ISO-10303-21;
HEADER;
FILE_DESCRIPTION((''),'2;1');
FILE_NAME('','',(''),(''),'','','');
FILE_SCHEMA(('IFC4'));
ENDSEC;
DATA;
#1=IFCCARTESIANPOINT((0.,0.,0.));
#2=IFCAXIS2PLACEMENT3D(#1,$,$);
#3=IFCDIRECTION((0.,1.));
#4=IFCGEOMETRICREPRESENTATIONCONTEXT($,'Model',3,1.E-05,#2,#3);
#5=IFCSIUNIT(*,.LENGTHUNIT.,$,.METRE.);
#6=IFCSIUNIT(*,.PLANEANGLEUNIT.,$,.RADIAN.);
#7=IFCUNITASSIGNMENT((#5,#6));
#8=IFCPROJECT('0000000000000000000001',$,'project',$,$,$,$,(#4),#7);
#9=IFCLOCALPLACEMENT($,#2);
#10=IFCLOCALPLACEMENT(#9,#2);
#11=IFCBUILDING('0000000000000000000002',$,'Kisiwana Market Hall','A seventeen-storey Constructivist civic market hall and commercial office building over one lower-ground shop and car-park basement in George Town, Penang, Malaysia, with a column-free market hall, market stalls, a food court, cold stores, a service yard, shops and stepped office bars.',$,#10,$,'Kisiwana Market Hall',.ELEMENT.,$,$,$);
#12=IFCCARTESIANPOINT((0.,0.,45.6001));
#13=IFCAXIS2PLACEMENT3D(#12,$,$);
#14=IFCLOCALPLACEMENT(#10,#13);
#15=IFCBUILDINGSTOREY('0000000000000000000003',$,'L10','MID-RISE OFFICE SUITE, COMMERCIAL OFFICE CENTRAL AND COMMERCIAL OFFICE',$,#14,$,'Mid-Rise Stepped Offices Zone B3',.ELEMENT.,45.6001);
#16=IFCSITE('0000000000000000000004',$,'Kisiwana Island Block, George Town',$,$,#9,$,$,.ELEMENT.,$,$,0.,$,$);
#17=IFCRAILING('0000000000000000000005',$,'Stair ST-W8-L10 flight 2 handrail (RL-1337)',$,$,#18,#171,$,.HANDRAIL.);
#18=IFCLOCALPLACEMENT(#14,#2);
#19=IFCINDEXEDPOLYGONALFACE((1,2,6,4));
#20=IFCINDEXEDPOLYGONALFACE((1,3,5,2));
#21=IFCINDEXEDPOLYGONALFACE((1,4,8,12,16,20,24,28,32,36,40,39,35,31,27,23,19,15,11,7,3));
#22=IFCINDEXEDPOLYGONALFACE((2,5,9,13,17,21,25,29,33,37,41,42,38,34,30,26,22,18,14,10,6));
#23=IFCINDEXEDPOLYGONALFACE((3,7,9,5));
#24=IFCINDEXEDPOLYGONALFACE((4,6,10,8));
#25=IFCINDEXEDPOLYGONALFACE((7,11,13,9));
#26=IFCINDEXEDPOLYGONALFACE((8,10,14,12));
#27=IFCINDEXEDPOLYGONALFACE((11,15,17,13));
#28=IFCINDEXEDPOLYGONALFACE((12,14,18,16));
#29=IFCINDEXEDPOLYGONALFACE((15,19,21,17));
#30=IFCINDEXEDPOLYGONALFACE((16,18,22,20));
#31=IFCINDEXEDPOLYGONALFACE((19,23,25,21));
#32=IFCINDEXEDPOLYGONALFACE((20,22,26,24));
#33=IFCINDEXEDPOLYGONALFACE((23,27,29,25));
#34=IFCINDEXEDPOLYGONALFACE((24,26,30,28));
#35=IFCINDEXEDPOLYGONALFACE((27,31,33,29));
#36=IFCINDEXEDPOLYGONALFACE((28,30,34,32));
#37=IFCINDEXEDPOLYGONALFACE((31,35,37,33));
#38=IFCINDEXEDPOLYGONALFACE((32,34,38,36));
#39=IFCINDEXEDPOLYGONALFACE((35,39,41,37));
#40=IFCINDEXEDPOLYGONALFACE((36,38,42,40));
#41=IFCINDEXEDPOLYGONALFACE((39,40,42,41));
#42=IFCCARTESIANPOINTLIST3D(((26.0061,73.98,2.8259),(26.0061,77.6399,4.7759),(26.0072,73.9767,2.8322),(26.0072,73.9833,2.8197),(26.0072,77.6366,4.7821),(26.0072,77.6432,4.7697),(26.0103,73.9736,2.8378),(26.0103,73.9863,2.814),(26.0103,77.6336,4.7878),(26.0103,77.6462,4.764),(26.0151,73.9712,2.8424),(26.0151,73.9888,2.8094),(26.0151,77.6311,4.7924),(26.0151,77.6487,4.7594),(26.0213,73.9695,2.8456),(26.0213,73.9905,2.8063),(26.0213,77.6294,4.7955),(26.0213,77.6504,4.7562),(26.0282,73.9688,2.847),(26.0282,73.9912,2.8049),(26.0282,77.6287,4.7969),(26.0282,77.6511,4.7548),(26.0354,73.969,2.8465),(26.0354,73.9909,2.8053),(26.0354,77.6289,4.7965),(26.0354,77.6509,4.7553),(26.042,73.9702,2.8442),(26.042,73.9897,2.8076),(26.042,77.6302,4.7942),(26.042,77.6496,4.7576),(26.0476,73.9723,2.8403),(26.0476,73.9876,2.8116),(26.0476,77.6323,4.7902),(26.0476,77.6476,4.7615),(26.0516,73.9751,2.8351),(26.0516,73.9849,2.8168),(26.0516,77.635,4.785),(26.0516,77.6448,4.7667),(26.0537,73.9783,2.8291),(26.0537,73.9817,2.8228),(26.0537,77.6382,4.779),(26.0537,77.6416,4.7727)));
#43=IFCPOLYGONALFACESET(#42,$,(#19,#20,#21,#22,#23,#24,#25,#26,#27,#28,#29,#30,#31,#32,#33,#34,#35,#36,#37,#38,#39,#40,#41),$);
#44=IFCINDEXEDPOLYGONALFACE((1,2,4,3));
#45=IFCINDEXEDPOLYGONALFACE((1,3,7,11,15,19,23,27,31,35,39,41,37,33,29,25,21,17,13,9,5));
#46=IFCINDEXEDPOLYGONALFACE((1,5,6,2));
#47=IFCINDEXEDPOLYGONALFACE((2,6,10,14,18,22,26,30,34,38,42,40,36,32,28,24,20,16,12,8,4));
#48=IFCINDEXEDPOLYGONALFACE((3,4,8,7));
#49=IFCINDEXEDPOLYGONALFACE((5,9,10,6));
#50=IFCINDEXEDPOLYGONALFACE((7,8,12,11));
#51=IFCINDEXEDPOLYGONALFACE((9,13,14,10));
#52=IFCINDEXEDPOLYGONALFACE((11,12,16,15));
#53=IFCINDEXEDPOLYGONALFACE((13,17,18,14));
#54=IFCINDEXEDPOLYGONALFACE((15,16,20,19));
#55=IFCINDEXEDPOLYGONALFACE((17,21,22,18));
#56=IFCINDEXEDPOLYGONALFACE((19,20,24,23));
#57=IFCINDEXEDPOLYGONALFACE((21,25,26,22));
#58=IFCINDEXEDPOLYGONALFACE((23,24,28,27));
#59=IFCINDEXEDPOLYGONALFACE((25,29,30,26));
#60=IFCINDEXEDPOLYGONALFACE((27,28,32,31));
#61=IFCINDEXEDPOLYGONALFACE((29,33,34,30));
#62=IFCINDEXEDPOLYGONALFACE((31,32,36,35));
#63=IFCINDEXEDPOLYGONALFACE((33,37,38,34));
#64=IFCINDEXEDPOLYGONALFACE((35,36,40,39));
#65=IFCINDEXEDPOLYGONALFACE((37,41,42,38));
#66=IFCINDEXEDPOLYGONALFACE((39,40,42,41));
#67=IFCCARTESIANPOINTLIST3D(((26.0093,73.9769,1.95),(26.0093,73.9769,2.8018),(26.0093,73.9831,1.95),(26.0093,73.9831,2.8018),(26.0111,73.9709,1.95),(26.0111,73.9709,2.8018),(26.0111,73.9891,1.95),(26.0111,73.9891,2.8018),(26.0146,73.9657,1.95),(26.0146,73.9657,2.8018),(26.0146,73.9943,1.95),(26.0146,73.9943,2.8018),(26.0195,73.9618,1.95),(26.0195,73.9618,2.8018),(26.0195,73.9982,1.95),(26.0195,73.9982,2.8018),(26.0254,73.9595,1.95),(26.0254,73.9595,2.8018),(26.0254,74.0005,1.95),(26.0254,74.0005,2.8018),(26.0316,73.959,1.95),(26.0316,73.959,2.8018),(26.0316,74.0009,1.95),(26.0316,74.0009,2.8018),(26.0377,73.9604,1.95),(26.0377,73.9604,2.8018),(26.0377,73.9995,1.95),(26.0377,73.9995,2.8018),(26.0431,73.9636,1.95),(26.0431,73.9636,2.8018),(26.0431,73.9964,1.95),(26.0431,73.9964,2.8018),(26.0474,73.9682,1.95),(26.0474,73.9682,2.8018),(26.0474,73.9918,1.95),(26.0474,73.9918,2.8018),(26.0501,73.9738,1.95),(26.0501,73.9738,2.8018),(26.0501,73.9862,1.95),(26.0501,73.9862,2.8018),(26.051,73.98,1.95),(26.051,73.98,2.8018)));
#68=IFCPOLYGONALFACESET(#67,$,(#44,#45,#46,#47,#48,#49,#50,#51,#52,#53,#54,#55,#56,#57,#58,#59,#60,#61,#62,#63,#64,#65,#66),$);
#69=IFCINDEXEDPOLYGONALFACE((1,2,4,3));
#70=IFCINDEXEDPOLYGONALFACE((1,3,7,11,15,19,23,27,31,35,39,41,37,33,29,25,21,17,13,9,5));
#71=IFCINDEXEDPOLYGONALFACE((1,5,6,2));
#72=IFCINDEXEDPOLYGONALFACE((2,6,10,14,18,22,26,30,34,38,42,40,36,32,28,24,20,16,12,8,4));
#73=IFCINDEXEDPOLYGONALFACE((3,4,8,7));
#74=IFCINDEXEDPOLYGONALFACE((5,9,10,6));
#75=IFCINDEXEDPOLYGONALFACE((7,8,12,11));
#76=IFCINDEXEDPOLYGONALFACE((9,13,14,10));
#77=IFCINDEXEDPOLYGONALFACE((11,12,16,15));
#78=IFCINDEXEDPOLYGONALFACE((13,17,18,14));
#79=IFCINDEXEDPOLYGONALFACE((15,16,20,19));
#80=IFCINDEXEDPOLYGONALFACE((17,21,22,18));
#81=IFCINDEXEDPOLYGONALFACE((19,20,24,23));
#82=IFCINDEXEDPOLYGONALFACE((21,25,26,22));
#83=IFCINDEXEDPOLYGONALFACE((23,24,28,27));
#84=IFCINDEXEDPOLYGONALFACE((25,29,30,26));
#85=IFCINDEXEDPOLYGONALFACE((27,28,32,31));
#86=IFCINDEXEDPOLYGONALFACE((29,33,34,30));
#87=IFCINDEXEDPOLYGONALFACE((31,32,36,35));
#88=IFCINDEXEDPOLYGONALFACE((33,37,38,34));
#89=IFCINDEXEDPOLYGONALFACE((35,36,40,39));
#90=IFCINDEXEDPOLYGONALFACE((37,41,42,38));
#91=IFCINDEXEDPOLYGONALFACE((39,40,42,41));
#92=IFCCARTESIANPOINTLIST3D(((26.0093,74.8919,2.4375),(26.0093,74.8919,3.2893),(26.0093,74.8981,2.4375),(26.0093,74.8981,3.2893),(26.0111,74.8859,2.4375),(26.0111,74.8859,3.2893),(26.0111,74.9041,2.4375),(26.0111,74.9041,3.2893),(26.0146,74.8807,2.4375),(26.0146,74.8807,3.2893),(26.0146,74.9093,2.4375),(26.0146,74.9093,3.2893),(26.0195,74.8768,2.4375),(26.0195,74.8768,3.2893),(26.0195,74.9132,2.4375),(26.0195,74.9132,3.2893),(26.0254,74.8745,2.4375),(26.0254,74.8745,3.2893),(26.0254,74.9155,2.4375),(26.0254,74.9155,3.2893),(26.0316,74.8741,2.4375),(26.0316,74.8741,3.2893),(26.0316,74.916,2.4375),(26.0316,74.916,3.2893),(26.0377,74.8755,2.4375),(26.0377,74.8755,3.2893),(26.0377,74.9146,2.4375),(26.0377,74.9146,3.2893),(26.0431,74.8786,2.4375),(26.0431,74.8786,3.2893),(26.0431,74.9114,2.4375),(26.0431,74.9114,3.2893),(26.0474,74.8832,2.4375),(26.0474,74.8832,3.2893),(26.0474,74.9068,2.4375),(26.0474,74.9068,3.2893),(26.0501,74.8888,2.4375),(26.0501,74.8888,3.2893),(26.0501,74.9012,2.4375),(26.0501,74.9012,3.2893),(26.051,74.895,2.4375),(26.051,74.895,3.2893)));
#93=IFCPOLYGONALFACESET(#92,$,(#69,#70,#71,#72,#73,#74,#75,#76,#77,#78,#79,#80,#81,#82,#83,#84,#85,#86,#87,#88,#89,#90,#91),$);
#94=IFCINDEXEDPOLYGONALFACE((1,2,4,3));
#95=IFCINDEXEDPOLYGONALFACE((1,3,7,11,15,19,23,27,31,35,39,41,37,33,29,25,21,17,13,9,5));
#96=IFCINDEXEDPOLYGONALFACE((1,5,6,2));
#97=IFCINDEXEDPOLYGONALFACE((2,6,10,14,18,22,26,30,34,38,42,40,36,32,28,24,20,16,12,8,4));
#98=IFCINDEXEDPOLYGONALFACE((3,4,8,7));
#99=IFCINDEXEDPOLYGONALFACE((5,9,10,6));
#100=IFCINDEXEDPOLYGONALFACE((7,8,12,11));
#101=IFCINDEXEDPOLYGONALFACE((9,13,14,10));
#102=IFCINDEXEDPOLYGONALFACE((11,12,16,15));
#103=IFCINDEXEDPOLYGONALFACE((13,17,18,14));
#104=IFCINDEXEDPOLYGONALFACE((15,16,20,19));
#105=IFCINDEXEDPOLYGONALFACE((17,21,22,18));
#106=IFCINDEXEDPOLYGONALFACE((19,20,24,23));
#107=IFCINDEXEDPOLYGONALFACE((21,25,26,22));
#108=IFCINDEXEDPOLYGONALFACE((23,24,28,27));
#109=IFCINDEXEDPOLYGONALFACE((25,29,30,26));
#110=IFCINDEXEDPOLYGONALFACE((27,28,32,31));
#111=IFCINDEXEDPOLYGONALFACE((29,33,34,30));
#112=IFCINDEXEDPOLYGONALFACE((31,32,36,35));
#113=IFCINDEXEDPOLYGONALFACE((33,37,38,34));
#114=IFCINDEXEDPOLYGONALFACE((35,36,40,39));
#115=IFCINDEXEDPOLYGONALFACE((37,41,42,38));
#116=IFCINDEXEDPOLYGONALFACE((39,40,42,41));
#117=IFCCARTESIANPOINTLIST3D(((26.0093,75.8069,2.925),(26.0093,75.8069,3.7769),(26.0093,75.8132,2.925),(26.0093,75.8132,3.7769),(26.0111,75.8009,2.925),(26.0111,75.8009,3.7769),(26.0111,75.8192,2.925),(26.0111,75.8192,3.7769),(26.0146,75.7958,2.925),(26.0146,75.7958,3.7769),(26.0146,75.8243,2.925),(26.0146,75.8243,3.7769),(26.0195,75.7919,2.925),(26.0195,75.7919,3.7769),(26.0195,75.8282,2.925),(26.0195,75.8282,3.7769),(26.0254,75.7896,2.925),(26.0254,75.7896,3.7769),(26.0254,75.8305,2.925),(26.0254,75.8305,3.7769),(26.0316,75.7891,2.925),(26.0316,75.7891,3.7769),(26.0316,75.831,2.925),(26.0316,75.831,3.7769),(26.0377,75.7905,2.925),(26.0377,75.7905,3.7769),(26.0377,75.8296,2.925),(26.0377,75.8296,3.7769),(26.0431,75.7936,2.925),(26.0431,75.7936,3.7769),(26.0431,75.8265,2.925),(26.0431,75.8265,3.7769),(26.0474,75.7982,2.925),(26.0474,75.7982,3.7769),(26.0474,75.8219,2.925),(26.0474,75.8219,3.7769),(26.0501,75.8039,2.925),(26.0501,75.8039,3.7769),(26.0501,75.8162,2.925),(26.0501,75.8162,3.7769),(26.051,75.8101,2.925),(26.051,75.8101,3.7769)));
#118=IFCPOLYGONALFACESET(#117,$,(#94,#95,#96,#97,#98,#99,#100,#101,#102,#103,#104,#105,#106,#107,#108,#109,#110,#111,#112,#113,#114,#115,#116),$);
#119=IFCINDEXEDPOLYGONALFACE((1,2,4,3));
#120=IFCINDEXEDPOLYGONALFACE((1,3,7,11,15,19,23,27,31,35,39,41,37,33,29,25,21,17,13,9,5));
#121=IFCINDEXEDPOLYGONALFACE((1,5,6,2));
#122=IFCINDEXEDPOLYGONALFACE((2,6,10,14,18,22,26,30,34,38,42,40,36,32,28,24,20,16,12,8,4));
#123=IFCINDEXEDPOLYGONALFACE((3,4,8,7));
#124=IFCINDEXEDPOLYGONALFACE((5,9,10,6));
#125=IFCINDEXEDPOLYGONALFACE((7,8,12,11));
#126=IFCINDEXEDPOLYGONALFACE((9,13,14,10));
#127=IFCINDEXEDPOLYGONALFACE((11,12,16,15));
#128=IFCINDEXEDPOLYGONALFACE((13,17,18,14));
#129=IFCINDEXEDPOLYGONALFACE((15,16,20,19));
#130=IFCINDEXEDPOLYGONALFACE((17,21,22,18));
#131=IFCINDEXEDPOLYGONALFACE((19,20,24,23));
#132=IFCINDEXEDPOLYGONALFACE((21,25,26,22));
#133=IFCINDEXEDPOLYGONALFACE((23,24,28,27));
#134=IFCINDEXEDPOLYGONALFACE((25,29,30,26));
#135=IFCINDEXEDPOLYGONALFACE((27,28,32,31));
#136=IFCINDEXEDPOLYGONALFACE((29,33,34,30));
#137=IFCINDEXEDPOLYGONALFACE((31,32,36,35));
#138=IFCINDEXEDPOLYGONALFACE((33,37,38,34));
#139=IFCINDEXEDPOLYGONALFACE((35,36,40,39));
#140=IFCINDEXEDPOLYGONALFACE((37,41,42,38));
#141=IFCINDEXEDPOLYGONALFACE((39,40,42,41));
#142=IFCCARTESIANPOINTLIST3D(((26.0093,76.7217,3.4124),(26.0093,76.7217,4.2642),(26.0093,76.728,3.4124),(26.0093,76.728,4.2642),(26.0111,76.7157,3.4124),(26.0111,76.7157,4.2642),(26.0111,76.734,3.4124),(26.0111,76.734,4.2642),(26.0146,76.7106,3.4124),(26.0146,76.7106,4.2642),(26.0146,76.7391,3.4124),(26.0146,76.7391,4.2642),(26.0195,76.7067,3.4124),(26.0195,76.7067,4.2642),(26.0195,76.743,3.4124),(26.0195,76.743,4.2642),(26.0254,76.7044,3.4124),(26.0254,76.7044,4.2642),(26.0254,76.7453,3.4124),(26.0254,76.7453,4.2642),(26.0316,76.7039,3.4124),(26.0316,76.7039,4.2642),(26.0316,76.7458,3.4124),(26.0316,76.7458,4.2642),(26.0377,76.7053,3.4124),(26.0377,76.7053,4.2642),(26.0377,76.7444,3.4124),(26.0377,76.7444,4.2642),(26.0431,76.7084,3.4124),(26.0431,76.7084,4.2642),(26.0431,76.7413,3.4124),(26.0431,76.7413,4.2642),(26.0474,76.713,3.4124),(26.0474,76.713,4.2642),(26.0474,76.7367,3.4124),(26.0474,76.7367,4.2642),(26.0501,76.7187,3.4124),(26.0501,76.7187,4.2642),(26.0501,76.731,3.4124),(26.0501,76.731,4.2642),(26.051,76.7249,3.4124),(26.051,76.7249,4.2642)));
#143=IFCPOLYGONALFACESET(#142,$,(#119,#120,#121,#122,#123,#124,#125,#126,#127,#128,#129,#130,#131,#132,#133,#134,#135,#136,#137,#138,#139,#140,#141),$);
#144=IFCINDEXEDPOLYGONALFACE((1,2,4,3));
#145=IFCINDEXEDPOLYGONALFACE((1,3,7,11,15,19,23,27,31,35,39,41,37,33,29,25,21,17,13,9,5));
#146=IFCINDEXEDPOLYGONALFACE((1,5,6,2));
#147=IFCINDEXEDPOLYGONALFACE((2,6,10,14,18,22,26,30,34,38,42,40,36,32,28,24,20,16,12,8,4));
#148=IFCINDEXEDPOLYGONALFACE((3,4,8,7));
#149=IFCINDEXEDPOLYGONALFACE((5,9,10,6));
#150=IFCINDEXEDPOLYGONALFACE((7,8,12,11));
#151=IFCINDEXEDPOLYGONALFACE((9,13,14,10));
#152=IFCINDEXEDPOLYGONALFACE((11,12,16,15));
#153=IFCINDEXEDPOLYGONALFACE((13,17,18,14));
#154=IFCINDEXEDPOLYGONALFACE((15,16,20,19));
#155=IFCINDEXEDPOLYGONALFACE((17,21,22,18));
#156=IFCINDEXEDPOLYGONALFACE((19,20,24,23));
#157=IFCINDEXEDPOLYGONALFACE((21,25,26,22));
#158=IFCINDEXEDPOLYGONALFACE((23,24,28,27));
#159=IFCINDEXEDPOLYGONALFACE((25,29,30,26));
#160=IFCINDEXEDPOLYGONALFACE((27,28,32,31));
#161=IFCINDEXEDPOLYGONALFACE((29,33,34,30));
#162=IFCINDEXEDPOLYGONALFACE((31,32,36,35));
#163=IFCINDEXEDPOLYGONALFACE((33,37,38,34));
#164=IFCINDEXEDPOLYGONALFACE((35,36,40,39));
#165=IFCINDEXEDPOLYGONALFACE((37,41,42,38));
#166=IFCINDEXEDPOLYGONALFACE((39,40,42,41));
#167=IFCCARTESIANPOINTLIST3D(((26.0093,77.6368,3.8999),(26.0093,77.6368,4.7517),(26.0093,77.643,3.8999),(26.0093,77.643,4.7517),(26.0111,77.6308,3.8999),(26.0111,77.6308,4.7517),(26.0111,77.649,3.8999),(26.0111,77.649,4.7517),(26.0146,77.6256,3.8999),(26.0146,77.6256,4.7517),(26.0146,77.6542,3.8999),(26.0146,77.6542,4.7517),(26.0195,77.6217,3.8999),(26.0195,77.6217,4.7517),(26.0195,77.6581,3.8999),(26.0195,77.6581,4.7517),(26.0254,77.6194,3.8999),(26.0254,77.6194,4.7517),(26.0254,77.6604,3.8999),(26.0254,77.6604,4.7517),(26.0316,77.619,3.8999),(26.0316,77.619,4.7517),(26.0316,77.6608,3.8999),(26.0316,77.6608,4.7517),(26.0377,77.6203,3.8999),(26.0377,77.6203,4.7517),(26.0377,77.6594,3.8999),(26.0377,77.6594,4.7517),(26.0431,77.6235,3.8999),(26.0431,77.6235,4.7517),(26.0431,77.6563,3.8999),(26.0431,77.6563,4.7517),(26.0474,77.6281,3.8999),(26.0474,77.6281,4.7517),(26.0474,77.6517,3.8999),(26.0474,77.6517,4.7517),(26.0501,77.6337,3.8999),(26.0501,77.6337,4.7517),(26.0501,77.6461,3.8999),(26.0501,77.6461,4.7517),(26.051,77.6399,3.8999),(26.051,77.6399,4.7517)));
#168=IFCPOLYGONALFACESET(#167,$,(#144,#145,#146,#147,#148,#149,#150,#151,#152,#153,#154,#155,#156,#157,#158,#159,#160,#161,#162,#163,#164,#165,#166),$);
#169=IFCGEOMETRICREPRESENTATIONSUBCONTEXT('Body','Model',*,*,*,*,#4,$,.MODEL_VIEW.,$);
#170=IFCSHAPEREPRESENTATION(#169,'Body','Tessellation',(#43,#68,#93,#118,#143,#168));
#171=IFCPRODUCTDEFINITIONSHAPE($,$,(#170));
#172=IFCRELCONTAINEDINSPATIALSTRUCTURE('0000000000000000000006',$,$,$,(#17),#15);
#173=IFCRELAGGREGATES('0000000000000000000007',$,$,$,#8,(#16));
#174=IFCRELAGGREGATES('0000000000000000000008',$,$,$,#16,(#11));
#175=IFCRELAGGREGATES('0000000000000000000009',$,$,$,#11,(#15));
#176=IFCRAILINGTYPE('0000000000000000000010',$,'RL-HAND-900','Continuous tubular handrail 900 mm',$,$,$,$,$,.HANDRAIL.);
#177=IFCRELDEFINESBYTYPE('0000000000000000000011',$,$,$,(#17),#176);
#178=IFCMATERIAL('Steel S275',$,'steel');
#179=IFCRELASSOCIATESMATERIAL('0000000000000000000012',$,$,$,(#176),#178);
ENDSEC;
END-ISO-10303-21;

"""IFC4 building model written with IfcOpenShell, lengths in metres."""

from ifc_helpers import new_model, si_unit, direction, frame, origin, origin_2d, place, context, subcontext, project, spatial, circle, extrude, material, type_object, element, save


model = new_model("IFC4")

# Units and contexts
model_context = context("Model", 3, precision=1e-05, world=origin(), true_north=direction((0.0, 1.0)))
body_context = subcontext(model_context, "Body", "Model", "MODEL_VIEW")
ifc_project = project(units=[si_unit("LENGTHUNIT", "METRE"), si_unit("PLANEANGLEUNIT", "RADIAN")], contexts=[model_context])

# Site, building, storey
site_placement = place(None, origin())
site = spatial("IfcSite", under=ifc_project, at=site_placement, Name="Kisiwana Island Block, George Town", CompositionType="ELEMENT", RefElevation=0.0)
building_placement = place(site_placement, origin())
building = spatial("IfcBuilding", under=site, at=building_placement, Name="Kisiwana Market Hall", Description="A seventeen-storey Constructivist civic market hall and commercial office building over one lower-ground shop and car-park basement in George Town, Penang, Malaysia, with a column-free market hall, market stalls, a food court, cold stores, a service yard, shops and stepped office bars.", LongName="Kisiwana Market Hall", CompositionType="ELEMENT")
storey_placement = place(building_placement, frame((0.0, 0.0, 45.6001)))
storey = spatial("IfcBuildingStorey", under=building, at=storey_placement, Name="L10", Description="MID-RISE OFFICE SUITE, COMMERCIAL OFFICE CENTRAL AND COMMERCIAL OFFICE", LongName="Mid-Rise Stepped Offices Zone B3", CompositionType="ELEMENT", Elevation=45.6001)

# Railing
ifc_material_1 = material(Name="Steel S275", Category="steel")
railing_type_1 = type_object("IfcRailingType", Name="RL-HAND-900", Description="Continuous tubular handrail 900 mm", PredefinedType="HANDRAIL", material=ifc_material_1)
railing_1_placement = place(storey_placement, frame((26.03, 73.98, 1.95)))
element("IfcRailing", 1, at=railing_1_placement, inside=storey, type_object=railing_type_1, Name="Stair ST-W8-L10 flight 2 handrail (RL-1337)", PredefinedType="HANDRAIL", context=body_context, shape_type="SweptSolid", body=[
    extrude(circle(Radius=0.0239, at=origin_2d()), frame((0.0, 0.0, 0.876), z_axis=(0.0, 0.882553, 0.470212), x_axis=(-1.0, 0.0, 0.0)), (0.0, 0.0, 1.0), 4.147),
    extrude(circle(Radius=0.021, at=origin_2d()), origin(), (0.0, 0.0, 1.0), 0.8518),
    extrude(circle(Radius=0.021, at=origin_2d()), frame((0.0, 0.915, 0.4875)), (0.0, 0.0, 1.0), 0.8518),
    extrude(circle(Radius=0.021, at=origin_2d()), frame((0.0, 1.8301, 0.9751)), (0.0, 0.0, 1.0), 0.8518),
    extrude(circle(Radius=0.021, at=origin_2d()), frame((0.0, 2.7449, 1.4624)), (0.0, 0.0, 1.0), 0.8518),
    extrude(circle(Radius=0.021, at=origin_2d()), frame((0.0, 3.6599, 1.95)), (0.0, 0.0, 1.0), 0.8518),
])

save(model, "model.ifc")
